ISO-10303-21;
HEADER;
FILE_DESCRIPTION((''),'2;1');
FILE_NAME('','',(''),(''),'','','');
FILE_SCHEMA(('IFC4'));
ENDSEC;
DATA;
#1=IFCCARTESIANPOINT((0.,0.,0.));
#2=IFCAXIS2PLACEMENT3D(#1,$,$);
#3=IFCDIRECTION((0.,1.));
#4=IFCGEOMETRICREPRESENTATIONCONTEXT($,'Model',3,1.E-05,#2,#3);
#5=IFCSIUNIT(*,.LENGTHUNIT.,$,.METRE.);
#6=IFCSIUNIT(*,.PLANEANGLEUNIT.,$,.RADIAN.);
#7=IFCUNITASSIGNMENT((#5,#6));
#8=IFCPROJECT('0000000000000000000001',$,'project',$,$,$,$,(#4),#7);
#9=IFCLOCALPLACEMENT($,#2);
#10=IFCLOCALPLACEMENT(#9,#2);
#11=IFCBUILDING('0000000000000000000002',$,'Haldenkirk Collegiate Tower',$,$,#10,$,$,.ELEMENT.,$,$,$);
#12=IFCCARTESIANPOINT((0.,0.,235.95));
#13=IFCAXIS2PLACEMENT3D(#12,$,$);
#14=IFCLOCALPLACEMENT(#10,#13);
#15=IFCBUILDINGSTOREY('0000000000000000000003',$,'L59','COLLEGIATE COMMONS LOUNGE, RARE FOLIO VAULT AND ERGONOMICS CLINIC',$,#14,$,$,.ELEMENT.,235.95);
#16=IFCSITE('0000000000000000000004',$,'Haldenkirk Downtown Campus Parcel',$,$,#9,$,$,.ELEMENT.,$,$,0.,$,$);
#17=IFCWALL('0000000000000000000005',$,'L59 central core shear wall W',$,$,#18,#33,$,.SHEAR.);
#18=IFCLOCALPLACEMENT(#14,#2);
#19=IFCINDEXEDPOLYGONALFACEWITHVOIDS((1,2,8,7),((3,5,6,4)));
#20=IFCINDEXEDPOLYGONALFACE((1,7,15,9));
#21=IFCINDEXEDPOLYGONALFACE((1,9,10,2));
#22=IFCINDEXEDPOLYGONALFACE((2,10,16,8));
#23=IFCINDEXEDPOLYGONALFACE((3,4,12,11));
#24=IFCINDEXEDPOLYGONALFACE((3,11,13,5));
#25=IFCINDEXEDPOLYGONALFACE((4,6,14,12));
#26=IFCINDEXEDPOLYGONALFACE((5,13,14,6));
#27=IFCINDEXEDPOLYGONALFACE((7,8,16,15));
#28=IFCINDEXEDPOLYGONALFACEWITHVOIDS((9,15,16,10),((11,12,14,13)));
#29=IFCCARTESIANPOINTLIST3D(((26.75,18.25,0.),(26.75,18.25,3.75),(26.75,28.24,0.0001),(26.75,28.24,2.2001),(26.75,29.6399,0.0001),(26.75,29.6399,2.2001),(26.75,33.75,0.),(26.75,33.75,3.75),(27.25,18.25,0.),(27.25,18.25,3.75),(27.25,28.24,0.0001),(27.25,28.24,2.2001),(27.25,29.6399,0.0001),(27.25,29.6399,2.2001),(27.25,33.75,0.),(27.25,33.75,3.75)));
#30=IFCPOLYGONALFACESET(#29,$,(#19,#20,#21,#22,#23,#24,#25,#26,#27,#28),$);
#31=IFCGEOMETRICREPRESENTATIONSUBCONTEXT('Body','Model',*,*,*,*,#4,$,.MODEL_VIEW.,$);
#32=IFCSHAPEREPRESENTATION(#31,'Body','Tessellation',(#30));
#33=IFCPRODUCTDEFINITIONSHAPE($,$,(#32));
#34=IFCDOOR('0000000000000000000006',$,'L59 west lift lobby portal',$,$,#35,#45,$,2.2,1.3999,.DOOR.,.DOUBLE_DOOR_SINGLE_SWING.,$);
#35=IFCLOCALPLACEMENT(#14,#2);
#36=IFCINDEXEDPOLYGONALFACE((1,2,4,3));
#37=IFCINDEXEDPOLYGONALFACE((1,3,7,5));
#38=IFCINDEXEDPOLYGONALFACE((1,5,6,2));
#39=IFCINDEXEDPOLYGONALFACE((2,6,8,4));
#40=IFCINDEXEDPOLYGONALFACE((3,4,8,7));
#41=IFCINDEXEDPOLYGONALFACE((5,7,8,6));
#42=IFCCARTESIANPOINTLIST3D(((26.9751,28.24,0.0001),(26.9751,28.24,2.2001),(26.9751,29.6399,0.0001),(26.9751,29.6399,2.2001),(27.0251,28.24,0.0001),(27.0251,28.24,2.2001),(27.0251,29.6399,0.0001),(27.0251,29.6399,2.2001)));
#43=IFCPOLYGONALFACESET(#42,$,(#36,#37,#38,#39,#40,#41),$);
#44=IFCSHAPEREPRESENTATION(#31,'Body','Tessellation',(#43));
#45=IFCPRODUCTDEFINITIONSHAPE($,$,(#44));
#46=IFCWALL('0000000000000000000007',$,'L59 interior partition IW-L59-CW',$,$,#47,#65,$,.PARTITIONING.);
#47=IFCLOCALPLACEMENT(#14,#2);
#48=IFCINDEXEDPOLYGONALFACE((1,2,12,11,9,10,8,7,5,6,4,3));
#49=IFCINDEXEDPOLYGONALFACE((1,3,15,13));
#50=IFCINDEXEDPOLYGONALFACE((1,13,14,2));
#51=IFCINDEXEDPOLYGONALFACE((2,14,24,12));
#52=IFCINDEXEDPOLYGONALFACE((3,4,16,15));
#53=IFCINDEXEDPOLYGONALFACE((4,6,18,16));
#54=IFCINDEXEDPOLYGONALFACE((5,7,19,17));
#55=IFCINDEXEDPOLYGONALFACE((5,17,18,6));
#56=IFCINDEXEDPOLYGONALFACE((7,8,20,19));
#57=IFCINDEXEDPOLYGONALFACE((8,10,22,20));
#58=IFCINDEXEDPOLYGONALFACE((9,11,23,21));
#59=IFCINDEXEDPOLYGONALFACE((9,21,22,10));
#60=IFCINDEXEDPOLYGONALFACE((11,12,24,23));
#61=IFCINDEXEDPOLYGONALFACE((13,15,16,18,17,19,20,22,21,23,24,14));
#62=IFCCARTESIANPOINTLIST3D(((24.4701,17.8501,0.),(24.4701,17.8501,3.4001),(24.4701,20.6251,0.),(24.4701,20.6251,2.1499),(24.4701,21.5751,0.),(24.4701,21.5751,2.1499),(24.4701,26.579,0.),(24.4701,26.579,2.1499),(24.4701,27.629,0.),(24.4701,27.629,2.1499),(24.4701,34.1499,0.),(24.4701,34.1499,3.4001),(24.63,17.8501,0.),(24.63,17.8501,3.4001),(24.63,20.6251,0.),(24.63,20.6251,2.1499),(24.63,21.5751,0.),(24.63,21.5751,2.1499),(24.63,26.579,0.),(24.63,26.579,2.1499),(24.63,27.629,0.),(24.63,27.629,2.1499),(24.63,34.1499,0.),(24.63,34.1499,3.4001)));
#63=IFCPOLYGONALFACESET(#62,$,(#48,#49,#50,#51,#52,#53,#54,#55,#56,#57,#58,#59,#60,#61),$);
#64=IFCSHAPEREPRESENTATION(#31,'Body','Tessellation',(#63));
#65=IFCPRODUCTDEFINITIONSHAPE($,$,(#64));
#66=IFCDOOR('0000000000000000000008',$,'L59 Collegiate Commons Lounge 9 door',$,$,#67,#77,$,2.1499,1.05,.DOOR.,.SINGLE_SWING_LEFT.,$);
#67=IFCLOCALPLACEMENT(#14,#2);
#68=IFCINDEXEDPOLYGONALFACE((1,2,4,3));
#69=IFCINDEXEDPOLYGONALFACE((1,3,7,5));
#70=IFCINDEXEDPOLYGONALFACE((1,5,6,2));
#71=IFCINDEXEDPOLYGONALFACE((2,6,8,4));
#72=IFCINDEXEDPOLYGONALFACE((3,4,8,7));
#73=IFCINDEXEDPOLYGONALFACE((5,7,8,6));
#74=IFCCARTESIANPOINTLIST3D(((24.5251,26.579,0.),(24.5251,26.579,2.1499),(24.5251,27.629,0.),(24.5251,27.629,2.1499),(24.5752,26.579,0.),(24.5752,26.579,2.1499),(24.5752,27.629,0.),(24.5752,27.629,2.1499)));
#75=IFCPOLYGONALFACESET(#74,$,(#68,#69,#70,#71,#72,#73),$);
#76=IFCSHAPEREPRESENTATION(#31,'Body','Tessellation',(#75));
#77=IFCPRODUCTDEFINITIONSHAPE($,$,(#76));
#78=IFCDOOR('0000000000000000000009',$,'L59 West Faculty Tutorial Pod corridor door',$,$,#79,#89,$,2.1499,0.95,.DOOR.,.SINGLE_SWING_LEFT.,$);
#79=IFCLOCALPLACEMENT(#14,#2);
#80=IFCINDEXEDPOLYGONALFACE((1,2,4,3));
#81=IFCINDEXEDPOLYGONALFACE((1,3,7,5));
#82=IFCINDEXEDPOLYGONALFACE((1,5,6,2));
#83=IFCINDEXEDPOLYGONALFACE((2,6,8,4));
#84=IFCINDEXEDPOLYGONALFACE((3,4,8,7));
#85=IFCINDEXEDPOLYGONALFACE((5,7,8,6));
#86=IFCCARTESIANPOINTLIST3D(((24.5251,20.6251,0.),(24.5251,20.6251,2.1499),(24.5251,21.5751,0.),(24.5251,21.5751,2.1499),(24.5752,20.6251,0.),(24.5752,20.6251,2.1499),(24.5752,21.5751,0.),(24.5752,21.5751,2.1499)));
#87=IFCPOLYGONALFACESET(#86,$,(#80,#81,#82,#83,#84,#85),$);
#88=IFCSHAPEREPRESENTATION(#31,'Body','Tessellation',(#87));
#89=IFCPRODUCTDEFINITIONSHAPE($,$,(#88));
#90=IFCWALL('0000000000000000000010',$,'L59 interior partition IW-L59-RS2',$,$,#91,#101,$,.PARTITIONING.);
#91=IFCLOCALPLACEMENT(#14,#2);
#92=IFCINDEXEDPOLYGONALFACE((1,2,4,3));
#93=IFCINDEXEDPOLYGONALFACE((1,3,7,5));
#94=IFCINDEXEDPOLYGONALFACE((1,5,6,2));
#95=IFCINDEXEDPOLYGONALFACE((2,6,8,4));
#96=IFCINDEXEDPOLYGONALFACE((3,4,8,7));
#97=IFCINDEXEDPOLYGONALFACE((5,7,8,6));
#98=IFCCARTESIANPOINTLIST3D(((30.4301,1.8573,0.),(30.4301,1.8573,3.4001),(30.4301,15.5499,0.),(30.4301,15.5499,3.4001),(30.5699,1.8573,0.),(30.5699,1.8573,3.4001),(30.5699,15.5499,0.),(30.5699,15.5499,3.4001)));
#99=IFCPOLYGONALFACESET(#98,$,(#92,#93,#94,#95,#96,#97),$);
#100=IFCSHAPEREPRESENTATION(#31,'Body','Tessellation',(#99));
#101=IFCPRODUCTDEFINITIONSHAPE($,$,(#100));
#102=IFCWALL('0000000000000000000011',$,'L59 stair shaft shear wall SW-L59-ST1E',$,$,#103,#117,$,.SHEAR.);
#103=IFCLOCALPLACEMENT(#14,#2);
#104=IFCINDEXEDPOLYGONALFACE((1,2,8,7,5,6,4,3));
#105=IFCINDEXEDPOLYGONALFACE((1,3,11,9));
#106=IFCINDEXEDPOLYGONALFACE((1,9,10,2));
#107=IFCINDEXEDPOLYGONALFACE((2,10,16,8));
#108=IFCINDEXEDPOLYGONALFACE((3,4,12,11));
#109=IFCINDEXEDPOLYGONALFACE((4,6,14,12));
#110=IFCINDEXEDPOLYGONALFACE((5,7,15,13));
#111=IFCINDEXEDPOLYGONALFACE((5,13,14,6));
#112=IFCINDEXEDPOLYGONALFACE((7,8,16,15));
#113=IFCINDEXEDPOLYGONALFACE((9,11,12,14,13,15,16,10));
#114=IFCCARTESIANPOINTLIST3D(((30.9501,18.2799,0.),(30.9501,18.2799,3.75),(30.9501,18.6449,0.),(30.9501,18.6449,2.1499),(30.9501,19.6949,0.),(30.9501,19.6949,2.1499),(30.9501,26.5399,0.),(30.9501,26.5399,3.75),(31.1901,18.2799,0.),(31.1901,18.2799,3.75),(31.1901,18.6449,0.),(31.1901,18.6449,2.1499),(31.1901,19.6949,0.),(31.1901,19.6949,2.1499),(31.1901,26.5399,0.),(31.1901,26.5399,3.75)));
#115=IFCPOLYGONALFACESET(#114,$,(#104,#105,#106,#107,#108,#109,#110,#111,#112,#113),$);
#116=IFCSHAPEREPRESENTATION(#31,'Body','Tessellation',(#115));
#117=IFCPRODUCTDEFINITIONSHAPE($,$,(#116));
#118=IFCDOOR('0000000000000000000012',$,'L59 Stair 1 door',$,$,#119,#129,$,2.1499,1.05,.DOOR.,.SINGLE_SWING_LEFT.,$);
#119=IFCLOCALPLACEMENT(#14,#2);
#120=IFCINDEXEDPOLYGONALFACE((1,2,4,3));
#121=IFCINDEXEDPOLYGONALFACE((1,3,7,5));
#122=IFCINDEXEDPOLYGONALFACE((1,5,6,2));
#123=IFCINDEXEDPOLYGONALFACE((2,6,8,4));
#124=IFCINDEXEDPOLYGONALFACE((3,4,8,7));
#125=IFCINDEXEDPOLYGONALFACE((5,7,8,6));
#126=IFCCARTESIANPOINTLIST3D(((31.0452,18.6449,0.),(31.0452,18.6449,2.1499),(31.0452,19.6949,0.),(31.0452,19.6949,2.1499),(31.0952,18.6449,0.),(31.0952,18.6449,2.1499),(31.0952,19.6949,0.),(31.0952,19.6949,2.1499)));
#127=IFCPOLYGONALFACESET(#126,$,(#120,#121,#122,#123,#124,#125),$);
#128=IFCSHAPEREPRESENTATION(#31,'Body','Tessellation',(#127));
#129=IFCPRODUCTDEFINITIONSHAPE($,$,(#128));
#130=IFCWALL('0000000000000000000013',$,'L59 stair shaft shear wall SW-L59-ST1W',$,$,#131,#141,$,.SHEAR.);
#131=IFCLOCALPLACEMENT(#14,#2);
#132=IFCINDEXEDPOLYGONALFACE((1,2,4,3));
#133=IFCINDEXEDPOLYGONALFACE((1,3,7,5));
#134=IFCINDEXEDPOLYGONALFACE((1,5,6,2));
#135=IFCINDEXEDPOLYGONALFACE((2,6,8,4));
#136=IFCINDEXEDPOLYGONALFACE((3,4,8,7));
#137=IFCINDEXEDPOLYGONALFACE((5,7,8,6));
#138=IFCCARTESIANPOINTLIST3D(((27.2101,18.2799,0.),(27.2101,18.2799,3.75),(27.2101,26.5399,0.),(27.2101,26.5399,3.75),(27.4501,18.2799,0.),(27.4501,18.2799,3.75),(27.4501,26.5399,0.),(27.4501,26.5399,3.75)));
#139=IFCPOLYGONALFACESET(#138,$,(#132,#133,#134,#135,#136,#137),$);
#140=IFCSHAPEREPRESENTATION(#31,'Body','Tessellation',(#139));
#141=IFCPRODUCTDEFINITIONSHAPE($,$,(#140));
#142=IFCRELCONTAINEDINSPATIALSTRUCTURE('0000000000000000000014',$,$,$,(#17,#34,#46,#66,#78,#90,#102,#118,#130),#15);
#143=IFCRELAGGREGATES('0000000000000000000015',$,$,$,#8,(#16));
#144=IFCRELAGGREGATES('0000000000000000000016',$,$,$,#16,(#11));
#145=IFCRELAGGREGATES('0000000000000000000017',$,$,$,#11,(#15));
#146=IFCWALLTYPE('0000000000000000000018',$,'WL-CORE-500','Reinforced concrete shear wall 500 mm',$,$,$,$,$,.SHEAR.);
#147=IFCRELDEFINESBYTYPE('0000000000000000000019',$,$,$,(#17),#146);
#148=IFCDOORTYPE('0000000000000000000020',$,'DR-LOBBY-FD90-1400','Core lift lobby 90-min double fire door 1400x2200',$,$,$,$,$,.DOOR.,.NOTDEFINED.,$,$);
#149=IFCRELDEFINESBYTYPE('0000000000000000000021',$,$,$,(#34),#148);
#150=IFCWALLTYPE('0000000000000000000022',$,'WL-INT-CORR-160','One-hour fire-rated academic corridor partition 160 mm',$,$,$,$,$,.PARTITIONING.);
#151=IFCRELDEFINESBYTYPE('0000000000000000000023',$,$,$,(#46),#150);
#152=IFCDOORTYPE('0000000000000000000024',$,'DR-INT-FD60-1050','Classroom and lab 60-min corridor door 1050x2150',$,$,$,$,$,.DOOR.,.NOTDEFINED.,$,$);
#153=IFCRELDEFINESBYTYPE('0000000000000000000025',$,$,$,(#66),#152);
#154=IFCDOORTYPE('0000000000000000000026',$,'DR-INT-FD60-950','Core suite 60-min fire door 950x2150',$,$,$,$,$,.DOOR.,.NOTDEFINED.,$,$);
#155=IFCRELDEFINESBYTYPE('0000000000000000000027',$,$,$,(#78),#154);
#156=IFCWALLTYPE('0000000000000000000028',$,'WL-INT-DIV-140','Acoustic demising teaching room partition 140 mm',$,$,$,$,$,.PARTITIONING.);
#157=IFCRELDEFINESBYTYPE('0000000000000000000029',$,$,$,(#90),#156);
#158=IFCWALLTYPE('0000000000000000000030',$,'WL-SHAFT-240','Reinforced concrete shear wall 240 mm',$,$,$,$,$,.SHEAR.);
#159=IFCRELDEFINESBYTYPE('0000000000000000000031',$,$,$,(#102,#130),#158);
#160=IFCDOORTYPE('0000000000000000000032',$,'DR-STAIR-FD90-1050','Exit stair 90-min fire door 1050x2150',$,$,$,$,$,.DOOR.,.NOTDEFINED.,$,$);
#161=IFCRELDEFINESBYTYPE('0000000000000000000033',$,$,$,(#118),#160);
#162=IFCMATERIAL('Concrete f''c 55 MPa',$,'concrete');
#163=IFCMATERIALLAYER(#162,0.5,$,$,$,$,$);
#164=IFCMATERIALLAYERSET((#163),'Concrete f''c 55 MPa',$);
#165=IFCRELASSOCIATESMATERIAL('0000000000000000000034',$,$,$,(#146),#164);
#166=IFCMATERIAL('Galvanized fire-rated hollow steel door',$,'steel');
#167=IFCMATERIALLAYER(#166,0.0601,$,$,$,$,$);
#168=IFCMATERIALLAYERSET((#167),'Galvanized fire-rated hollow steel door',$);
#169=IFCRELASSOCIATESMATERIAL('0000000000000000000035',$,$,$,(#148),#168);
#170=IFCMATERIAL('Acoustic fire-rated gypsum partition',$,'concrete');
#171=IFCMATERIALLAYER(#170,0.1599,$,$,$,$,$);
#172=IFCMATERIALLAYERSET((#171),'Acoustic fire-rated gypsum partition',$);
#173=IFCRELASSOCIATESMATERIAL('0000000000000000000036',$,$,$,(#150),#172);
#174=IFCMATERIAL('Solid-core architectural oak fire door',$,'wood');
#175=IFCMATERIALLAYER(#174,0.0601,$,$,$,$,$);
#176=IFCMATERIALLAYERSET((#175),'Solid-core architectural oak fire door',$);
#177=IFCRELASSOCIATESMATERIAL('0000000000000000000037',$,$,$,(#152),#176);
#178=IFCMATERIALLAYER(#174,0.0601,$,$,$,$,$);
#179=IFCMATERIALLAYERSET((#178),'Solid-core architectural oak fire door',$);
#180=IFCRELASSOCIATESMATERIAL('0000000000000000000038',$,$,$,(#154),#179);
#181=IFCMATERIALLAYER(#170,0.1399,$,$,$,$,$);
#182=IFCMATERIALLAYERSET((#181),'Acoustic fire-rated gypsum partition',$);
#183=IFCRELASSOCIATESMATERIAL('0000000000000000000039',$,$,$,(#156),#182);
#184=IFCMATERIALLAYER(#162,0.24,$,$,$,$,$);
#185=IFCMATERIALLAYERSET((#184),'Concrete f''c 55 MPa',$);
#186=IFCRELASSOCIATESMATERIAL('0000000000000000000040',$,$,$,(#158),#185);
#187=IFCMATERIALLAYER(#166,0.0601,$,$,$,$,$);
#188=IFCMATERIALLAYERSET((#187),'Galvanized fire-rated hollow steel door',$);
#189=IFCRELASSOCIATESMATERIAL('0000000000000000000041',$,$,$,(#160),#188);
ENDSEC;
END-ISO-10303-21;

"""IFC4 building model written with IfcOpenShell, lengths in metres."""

from ifc_helpers import new_model, si_unit, direction, frame, frame_2d, origin, place, context, subcontext, project, spatial, rectangle, extrude, material, layer, layer_set, type_object, element, fill, save


model = new_model("IFC4")

# Units and contexts
model_context = context("Model", 3, precision=1e-05, world=origin(), true_north=direction((0.0, 1.0)))
body_context = subcontext(model_context, "Body", "Model", "MODEL_VIEW")
ifc_project = project(units=[si_unit("LENGTHUNIT", "METRE"), si_unit("PLANEANGLEUNIT", "RADIAN")], contexts=[model_context])

# Site, building, storey
site_placement = place(None, origin())
site = spatial("IfcSite", under=ifc_project, at=site_placement, Name="Haldenkirk Downtown Campus Parcel", CompositionType="ELEMENT", RefElevation=0.0)
building_placement = place(site_placement, origin())
building = spatial("IfcBuilding", under=site, at=building_placement, Name="Haldenkirk Collegiate Tower", CompositionType="ELEMENT")
storey_placement = place(building_placement, frame((0.0, 0.0, 235.95)))
storey = spatial("IfcBuildingStorey", under=building, at=storey_placement, Name="L59", Description="COLLEGIATE COMMONS LOUNGE, RARE FOLIO VAULT AND ERGONOMICS CLINIC", CompositionType="ELEMENT", Elevation=235.95)

# Shared definitions
ifc_material_1 = material(Name="Concrete f'c 55 MPa", Category="concrete")
ifc_layer_1 = layer(ifc_material_1, 0.5)
ifc_layer_set_1 = layer_set([ifc_layer_1], Name="Concrete f'c 55 MPa")
wall_type_1 = type_object("IfcWallType", Name="WL-CORE-500", Description="Reinforced concrete shear wall 500 mm", PredefinedType="SHEAR", material=ifc_layer_set_1)
ifc_material_2 = material(Name="Galvanized fire-rated hollow steel door", Category="steel")

# Wall, opening, door
wall_1_placement = place(storey_placement, frame((27.0, 18.25, 0.0), z_axis=(0.0, 0.0, 1.0), x_axis=(0.0, 1.0, 0.0)))
wall_1 = element("IfcWall", 1, at=wall_1_placement, inside=storey, type_object=wall_type_1, Name="L59 central core shear wall W", PredefinedType="SHEAR", context=body_context, shape_type="SweptSolid", body=[
    extrude(rectangle(XDim=15.5, YDim=0.5, at=frame_2d((7.75, 0.0))), origin(), (0.0, 0.0, 1.0), 3.75),
])
opening_1_placement = place(wall_1_placement, frame((9.99, 0.0, 0.0)))
opening_1 = element("IfcOpeningElement", 2, at=opening_1_placement, cuts=wall_1, PredefinedType="OPENING", context=body_context, shape_type="SweptSolid", body=[
    extrude(rectangle(XDim=1.3999, YDim=2.2, at=frame_2d((0.7, 1.1001))), frame((0.0, 0.26, 0.0), z_axis=(0.0, -1.0, 0.0), x_axis=(1.0, 0.0, 0.0)), (0.0, 0.0, 1.0), 0.52),
])
ifc_layer_2 = layer(ifc_material_2, 0.0601)
ifc_layer_set_2 = layer_set([ifc_layer_2], Name="Galvanized fire-rated hollow steel door")
door_type_1 = type_object("IfcDoorType", Name="DR-LOBBY-FD90-1400", Description="Core lift lobby 90-min double fire door 1400x2200", OperationType="NOTDEFINED", PredefinedType="DOOR", material=ifc_layer_set_2)
door_1_placement = place(opening_1_placement, origin())
door_1 = element("IfcDoor", 3, at=door_1_placement, inside=storey, type_object=door_type_1, Name="L59 west lift lobby portal", OperationType="DOUBLE_DOOR_SINGLE_SWING", OverallHeight=2.2, OverallWidth=1.3999, PredefinedType="DOOR", context=body_context, shape_type="SweptSolid", body=[
    extrude(rectangle(XDim=1.3999, YDim=2.2, at=frame_2d((0.7, 1.1001))), frame((0.0, 0.0249, 0.0), z_axis=(0.0, -1.0, 0.0), x_axis=(1.0, 0.0, 0.0)), (0.0, 0.0, 1.0), 0.05),
])
fill(opening_1, door_1)

# Wall, openings, doors
ifc_material_3 = material(Name="Acoustic fire-rated gypsum partition", Category="concrete")
ifc_layer_3 = layer(ifc_material_3, 0.1599)
ifc_layer_set_3 = layer_set([ifc_layer_3], Name="Acoustic fire-rated gypsum partition")
wall_type_2 = type_object("IfcWallType", Name="WL-INT-CORR-160", Description="One-hour fire-rated academic corridor partition 160 mm", PredefinedType="PARTITIONING", material=ifc_layer_set_3)
wall_2_placement = place(storey_placement, frame((24.55, 17.8501, 0.0), z_axis=(0.0, 0.0, 1.0), x_axis=(0.0, 1.0, 0.0)))
wall_2 = element("IfcWall", 4, at=wall_2_placement, inside=storey, type_object=wall_type_2, Name="L59 interior partition IW-L59-CW", PredefinedType="PARTITIONING", context=body_context, shape_type="SweptSolid", body=[
    extrude(rectangle(XDim=16.2998, YDim=0.1599, at=frame_2d((8.1499, 0.0))), origin(), (0.0, 0.0, 1.0), 3.4001),
])
opening_2_placement = place(wall_2_placement, frame((2.7749, 0.0, 0.0)))
opening_2 = element("IfcOpeningElement", 5, at=opening_2_placement, cuts=wall_2, PredefinedType="OPENING", context=body_context, shape_type="SweptSolid", body=[
    extrude(rectangle(XDim=0.95, YDim=2.1499, at=frame_2d((0.4751, 1.075))), frame((0.0, 0.0898, 0.0), z_axis=(0.0, -1.0, 0.0), x_axis=(1.0, 0.0, 0.0)), (0.0, 0.0, 1.0), 0.1799),
])
opening_3_placement = place(wall_2_placement, frame((8.729, 0.0, 0.0)))
opening_3 = element("IfcOpeningElement", 6, at=opening_3_placement, cuts=wall_2, PredefinedType="OPENING", context=body_context, shape_type="SweptSolid", body=[
    extrude(rectangle(XDim=1.05, YDim=2.1499, at=frame_2d((0.5249, 1.075))), frame((0.0, 0.0898, 0.0), z_axis=(0.0, -1.0, 0.0), x_axis=(1.0, 0.0, 0.0)), (0.0, 0.0, 1.0), 0.1799),
])
ifc_material_4 = material(Name="Solid-core architectural oak fire door", Category="wood")
ifc_layer_4 = layer(ifc_material_4, 0.0601)
ifc_layer_set_4 = layer_set([ifc_layer_4], Name="Solid-core architectural oak fire door")
door_type_2 = type_object("IfcDoorType", Name="DR-INT-FD60-1050", Description="Classroom and lab 60-min corridor door 1050x2150", OperationType="NOTDEFINED", PredefinedType="DOOR", material=ifc_layer_set_4)
door_2_placement = place(opening_3_placement, origin())
door_2 = element("IfcDoor", 7, at=door_2_placement, inside=storey, type_object=door_type_2, Name="L59 Collegiate Commons Lounge 9 door", OperationType="SINGLE_SWING_LEFT", OverallHeight=2.1499, OverallWidth=1.05, PredefinedType="DOOR", context=body_context, shape_type="SweptSolid", body=[
    extrude(rectangle(XDim=1.05, YDim=2.1499, at=frame_2d((0.5249, 1.075))), frame((0.0, 0.0249, 0.0), z_axis=(0.0, -1.0, 0.0), x_axis=(1.0, 0.0, 0.0)), (0.0, 0.0, 1.0), 0.05),
])
fill(opening_3, door_2)
ifc_layer_5 = layer(ifc_material_4, 0.0601)
ifc_layer_set_5 = layer_set([ifc_layer_5], Name="Solid-core architectural oak fire door")
door_type_3 = type_object("IfcDoorType", Name="DR-INT-FD60-950", Description="Core suite 60-min fire door 950x2150", OperationType="NOTDEFINED", PredefinedType="DOOR", material=ifc_layer_set_5)
door_3_placement = place(opening_2_placement, origin())
door_3 = element("IfcDoor", 8, at=door_3_placement, inside=storey, type_object=door_type_3, Name="L59 West Faculty Tutorial Pod corridor door", OperationType="SINGLE_SWING_LEFT", OverallHeight=2.1499, OverallWidth=0.95, PredefinedType="DOOR", context=body_context, shape_type="SweptSolid", body=[
    extrude(rectangle(XDim=0.95, YDim=2.1499, at=frame_2d((0.4751, 1.075))), frame((0.0, 0.0249, 0.0), z_axis=(0.0, -1.0, 0.0), x_axis=(1.0, 0.0, 0.0)), (0.0, 0.0, 1.0), 0.05),
])
fill(opening_2, door_3)

# Wall
ifc_layer_6 = layer(ifc_material_3, 0.1399)
ifc_layer_set_6 = layer_set([ifc_layer_6], Name="Acoustic fire-rated gypsum partition")
wall_type_3 = type_object("IfcWallType", Name="WL-INT-DIV-140", Description="Acoustic demising teaching room partition 140 mm", PredefinedType="PARTITIONING", material=ifc_layer_set_6)
wall_3_placement = place(storey_placement, frame((30.5, 1.8574, 0.0), z_axis=(0.0, 0.0, 1.0), x_axis=(0.0, 1.0, 0.0)))
element("IfcWall", 9, at=wall_3_placement, inside=storey, type_object=wall_type_3, Name="L59 interior partition IW-L59-RS2", PredefinedType="PARTITIONING", context=body_context, shape_type="SweptSolid", body=[
    extrude(rectangle(XDim=13.6926, YDim=0.1399, at=frame_2d((6.8462, 0.0))), origin(), (0.0, 0.0, 1.0), 3.4001),
])

# Wall, opening, door
ifc_layer_7 = layer(ifc_material_1, 0.24)
ifc_layer_set_7 = layer_set([ifc_layer_7], Name="Concrete f'c 55 MPa")
wall_type_4 = type_object("IfcWallType", Name="WL-SHAFT-240", Description="Reinforced concrete shear wall 240 mm", PredefinedType="SHEAR", material=ifc_layer_set_7)
wall_4_placement = place(storey_placement, frame((31.0701, 18.28, 0.0), z_axis=(0.0, 0.0, 1.0), x_axis=(0.0, 1.0, 0.0)))
wall_4 = element("IfcWall", 10, at=wall_4_placement, inside=storey, type_object=wall_type_4, Name="L59 stair shaft shear wall SW-L59-ST1E", PredefinedType="SHEAR", context=body_context, shape_type="SweptSolid", body=[
    extrude(rectangle(XDim=8.26, YDim=0.24, at=frame_2d((4.1299, 0.0))), origin(), (0.0, 0.0, 1.0), 3.75),
])
opening_4_placement = place(wall_4_placement, frame((0.365, 0.0, 0.0)))
opening_4 = element("IfcOpeningElement", 11, at=opening_4_placement, cuts=wall_4, PredefinedType="OPENING", context=body_context, shape_type="SweptSolid", body=[
    extrude(rectangle(XDim=1.05, YDim=2.1499, at=frame_2d((0.5249, 1.075))), frame((0.0, 0.1299, 0.0), z_axis=(0.0, -1.0, 0.0), x_axis=(1.0, 0.0, 0.0)), (0.0, 0.0, 1.0), 0.26),
])
ifc_layer_8 = layer(ifc_material_2, 0.0601)
ifc_layer_set_8 = layer_set([ifc_layer_8], Name="Galvanized fire-rated hollow steel door")
door_type_4 = type_object("IfcDoorType", Name="DR-STAIR-FD90-1050", Description="Exit stair 90-min fire door 1050x2150", OperationType="NOTDEFINED", PredefinedType="DOOR", material=ifc_layer_set_8)
door_4_placement = place(opening_4_placement, origin())
door_4 = element("IfcDoor", 12, at=door_4_placement, inside=storey, type_object=door_type_4, Name="L59 Stair 1 door", OperationType="SINGLE_SWING_LEFT", OverallHeight=2.1499, OverallWidth=1.05, PredefinedType="DOOR", context=body_context, shape_type="SweptSolid", body=[
    extrude(rectangle(XDim=1.05, YDim=2.1499, at=frame_2d((0.5249, 1.075))), frame((0.0, 0.0249, 0.0), z_axis=(0.0, -1.0, 0.0), x_axis=(1.0, 0.0, 0.0)), (0.0, 0.0, 1.0), 0.05),
])
fill(opening_4, door_4)

# Wall
wall_5_placement = place(storey_placement, frame((27.3301, 18.28, 0.0), z_axis=(0.0, 0.0, 1.0), x_axis=(0.0, 1.0, 0.0)))
element("IfcWall", 13, at=wall_5_placement, inside=storey, type_object=wall_type_4, Name="L59 stair shaft shear wall SW-L59-ST1W", PredefinedType="SHEAR", context=body_context, shape_type="SweptSolid", body=[
    extrude(rectangle(XDim=8.26, YDim=0.24, at=frame_2d((4.1299, 0.0))), origin(), (0.0, 0.0, 1.0), 3.75),
])

save(model, "model.ifc")
